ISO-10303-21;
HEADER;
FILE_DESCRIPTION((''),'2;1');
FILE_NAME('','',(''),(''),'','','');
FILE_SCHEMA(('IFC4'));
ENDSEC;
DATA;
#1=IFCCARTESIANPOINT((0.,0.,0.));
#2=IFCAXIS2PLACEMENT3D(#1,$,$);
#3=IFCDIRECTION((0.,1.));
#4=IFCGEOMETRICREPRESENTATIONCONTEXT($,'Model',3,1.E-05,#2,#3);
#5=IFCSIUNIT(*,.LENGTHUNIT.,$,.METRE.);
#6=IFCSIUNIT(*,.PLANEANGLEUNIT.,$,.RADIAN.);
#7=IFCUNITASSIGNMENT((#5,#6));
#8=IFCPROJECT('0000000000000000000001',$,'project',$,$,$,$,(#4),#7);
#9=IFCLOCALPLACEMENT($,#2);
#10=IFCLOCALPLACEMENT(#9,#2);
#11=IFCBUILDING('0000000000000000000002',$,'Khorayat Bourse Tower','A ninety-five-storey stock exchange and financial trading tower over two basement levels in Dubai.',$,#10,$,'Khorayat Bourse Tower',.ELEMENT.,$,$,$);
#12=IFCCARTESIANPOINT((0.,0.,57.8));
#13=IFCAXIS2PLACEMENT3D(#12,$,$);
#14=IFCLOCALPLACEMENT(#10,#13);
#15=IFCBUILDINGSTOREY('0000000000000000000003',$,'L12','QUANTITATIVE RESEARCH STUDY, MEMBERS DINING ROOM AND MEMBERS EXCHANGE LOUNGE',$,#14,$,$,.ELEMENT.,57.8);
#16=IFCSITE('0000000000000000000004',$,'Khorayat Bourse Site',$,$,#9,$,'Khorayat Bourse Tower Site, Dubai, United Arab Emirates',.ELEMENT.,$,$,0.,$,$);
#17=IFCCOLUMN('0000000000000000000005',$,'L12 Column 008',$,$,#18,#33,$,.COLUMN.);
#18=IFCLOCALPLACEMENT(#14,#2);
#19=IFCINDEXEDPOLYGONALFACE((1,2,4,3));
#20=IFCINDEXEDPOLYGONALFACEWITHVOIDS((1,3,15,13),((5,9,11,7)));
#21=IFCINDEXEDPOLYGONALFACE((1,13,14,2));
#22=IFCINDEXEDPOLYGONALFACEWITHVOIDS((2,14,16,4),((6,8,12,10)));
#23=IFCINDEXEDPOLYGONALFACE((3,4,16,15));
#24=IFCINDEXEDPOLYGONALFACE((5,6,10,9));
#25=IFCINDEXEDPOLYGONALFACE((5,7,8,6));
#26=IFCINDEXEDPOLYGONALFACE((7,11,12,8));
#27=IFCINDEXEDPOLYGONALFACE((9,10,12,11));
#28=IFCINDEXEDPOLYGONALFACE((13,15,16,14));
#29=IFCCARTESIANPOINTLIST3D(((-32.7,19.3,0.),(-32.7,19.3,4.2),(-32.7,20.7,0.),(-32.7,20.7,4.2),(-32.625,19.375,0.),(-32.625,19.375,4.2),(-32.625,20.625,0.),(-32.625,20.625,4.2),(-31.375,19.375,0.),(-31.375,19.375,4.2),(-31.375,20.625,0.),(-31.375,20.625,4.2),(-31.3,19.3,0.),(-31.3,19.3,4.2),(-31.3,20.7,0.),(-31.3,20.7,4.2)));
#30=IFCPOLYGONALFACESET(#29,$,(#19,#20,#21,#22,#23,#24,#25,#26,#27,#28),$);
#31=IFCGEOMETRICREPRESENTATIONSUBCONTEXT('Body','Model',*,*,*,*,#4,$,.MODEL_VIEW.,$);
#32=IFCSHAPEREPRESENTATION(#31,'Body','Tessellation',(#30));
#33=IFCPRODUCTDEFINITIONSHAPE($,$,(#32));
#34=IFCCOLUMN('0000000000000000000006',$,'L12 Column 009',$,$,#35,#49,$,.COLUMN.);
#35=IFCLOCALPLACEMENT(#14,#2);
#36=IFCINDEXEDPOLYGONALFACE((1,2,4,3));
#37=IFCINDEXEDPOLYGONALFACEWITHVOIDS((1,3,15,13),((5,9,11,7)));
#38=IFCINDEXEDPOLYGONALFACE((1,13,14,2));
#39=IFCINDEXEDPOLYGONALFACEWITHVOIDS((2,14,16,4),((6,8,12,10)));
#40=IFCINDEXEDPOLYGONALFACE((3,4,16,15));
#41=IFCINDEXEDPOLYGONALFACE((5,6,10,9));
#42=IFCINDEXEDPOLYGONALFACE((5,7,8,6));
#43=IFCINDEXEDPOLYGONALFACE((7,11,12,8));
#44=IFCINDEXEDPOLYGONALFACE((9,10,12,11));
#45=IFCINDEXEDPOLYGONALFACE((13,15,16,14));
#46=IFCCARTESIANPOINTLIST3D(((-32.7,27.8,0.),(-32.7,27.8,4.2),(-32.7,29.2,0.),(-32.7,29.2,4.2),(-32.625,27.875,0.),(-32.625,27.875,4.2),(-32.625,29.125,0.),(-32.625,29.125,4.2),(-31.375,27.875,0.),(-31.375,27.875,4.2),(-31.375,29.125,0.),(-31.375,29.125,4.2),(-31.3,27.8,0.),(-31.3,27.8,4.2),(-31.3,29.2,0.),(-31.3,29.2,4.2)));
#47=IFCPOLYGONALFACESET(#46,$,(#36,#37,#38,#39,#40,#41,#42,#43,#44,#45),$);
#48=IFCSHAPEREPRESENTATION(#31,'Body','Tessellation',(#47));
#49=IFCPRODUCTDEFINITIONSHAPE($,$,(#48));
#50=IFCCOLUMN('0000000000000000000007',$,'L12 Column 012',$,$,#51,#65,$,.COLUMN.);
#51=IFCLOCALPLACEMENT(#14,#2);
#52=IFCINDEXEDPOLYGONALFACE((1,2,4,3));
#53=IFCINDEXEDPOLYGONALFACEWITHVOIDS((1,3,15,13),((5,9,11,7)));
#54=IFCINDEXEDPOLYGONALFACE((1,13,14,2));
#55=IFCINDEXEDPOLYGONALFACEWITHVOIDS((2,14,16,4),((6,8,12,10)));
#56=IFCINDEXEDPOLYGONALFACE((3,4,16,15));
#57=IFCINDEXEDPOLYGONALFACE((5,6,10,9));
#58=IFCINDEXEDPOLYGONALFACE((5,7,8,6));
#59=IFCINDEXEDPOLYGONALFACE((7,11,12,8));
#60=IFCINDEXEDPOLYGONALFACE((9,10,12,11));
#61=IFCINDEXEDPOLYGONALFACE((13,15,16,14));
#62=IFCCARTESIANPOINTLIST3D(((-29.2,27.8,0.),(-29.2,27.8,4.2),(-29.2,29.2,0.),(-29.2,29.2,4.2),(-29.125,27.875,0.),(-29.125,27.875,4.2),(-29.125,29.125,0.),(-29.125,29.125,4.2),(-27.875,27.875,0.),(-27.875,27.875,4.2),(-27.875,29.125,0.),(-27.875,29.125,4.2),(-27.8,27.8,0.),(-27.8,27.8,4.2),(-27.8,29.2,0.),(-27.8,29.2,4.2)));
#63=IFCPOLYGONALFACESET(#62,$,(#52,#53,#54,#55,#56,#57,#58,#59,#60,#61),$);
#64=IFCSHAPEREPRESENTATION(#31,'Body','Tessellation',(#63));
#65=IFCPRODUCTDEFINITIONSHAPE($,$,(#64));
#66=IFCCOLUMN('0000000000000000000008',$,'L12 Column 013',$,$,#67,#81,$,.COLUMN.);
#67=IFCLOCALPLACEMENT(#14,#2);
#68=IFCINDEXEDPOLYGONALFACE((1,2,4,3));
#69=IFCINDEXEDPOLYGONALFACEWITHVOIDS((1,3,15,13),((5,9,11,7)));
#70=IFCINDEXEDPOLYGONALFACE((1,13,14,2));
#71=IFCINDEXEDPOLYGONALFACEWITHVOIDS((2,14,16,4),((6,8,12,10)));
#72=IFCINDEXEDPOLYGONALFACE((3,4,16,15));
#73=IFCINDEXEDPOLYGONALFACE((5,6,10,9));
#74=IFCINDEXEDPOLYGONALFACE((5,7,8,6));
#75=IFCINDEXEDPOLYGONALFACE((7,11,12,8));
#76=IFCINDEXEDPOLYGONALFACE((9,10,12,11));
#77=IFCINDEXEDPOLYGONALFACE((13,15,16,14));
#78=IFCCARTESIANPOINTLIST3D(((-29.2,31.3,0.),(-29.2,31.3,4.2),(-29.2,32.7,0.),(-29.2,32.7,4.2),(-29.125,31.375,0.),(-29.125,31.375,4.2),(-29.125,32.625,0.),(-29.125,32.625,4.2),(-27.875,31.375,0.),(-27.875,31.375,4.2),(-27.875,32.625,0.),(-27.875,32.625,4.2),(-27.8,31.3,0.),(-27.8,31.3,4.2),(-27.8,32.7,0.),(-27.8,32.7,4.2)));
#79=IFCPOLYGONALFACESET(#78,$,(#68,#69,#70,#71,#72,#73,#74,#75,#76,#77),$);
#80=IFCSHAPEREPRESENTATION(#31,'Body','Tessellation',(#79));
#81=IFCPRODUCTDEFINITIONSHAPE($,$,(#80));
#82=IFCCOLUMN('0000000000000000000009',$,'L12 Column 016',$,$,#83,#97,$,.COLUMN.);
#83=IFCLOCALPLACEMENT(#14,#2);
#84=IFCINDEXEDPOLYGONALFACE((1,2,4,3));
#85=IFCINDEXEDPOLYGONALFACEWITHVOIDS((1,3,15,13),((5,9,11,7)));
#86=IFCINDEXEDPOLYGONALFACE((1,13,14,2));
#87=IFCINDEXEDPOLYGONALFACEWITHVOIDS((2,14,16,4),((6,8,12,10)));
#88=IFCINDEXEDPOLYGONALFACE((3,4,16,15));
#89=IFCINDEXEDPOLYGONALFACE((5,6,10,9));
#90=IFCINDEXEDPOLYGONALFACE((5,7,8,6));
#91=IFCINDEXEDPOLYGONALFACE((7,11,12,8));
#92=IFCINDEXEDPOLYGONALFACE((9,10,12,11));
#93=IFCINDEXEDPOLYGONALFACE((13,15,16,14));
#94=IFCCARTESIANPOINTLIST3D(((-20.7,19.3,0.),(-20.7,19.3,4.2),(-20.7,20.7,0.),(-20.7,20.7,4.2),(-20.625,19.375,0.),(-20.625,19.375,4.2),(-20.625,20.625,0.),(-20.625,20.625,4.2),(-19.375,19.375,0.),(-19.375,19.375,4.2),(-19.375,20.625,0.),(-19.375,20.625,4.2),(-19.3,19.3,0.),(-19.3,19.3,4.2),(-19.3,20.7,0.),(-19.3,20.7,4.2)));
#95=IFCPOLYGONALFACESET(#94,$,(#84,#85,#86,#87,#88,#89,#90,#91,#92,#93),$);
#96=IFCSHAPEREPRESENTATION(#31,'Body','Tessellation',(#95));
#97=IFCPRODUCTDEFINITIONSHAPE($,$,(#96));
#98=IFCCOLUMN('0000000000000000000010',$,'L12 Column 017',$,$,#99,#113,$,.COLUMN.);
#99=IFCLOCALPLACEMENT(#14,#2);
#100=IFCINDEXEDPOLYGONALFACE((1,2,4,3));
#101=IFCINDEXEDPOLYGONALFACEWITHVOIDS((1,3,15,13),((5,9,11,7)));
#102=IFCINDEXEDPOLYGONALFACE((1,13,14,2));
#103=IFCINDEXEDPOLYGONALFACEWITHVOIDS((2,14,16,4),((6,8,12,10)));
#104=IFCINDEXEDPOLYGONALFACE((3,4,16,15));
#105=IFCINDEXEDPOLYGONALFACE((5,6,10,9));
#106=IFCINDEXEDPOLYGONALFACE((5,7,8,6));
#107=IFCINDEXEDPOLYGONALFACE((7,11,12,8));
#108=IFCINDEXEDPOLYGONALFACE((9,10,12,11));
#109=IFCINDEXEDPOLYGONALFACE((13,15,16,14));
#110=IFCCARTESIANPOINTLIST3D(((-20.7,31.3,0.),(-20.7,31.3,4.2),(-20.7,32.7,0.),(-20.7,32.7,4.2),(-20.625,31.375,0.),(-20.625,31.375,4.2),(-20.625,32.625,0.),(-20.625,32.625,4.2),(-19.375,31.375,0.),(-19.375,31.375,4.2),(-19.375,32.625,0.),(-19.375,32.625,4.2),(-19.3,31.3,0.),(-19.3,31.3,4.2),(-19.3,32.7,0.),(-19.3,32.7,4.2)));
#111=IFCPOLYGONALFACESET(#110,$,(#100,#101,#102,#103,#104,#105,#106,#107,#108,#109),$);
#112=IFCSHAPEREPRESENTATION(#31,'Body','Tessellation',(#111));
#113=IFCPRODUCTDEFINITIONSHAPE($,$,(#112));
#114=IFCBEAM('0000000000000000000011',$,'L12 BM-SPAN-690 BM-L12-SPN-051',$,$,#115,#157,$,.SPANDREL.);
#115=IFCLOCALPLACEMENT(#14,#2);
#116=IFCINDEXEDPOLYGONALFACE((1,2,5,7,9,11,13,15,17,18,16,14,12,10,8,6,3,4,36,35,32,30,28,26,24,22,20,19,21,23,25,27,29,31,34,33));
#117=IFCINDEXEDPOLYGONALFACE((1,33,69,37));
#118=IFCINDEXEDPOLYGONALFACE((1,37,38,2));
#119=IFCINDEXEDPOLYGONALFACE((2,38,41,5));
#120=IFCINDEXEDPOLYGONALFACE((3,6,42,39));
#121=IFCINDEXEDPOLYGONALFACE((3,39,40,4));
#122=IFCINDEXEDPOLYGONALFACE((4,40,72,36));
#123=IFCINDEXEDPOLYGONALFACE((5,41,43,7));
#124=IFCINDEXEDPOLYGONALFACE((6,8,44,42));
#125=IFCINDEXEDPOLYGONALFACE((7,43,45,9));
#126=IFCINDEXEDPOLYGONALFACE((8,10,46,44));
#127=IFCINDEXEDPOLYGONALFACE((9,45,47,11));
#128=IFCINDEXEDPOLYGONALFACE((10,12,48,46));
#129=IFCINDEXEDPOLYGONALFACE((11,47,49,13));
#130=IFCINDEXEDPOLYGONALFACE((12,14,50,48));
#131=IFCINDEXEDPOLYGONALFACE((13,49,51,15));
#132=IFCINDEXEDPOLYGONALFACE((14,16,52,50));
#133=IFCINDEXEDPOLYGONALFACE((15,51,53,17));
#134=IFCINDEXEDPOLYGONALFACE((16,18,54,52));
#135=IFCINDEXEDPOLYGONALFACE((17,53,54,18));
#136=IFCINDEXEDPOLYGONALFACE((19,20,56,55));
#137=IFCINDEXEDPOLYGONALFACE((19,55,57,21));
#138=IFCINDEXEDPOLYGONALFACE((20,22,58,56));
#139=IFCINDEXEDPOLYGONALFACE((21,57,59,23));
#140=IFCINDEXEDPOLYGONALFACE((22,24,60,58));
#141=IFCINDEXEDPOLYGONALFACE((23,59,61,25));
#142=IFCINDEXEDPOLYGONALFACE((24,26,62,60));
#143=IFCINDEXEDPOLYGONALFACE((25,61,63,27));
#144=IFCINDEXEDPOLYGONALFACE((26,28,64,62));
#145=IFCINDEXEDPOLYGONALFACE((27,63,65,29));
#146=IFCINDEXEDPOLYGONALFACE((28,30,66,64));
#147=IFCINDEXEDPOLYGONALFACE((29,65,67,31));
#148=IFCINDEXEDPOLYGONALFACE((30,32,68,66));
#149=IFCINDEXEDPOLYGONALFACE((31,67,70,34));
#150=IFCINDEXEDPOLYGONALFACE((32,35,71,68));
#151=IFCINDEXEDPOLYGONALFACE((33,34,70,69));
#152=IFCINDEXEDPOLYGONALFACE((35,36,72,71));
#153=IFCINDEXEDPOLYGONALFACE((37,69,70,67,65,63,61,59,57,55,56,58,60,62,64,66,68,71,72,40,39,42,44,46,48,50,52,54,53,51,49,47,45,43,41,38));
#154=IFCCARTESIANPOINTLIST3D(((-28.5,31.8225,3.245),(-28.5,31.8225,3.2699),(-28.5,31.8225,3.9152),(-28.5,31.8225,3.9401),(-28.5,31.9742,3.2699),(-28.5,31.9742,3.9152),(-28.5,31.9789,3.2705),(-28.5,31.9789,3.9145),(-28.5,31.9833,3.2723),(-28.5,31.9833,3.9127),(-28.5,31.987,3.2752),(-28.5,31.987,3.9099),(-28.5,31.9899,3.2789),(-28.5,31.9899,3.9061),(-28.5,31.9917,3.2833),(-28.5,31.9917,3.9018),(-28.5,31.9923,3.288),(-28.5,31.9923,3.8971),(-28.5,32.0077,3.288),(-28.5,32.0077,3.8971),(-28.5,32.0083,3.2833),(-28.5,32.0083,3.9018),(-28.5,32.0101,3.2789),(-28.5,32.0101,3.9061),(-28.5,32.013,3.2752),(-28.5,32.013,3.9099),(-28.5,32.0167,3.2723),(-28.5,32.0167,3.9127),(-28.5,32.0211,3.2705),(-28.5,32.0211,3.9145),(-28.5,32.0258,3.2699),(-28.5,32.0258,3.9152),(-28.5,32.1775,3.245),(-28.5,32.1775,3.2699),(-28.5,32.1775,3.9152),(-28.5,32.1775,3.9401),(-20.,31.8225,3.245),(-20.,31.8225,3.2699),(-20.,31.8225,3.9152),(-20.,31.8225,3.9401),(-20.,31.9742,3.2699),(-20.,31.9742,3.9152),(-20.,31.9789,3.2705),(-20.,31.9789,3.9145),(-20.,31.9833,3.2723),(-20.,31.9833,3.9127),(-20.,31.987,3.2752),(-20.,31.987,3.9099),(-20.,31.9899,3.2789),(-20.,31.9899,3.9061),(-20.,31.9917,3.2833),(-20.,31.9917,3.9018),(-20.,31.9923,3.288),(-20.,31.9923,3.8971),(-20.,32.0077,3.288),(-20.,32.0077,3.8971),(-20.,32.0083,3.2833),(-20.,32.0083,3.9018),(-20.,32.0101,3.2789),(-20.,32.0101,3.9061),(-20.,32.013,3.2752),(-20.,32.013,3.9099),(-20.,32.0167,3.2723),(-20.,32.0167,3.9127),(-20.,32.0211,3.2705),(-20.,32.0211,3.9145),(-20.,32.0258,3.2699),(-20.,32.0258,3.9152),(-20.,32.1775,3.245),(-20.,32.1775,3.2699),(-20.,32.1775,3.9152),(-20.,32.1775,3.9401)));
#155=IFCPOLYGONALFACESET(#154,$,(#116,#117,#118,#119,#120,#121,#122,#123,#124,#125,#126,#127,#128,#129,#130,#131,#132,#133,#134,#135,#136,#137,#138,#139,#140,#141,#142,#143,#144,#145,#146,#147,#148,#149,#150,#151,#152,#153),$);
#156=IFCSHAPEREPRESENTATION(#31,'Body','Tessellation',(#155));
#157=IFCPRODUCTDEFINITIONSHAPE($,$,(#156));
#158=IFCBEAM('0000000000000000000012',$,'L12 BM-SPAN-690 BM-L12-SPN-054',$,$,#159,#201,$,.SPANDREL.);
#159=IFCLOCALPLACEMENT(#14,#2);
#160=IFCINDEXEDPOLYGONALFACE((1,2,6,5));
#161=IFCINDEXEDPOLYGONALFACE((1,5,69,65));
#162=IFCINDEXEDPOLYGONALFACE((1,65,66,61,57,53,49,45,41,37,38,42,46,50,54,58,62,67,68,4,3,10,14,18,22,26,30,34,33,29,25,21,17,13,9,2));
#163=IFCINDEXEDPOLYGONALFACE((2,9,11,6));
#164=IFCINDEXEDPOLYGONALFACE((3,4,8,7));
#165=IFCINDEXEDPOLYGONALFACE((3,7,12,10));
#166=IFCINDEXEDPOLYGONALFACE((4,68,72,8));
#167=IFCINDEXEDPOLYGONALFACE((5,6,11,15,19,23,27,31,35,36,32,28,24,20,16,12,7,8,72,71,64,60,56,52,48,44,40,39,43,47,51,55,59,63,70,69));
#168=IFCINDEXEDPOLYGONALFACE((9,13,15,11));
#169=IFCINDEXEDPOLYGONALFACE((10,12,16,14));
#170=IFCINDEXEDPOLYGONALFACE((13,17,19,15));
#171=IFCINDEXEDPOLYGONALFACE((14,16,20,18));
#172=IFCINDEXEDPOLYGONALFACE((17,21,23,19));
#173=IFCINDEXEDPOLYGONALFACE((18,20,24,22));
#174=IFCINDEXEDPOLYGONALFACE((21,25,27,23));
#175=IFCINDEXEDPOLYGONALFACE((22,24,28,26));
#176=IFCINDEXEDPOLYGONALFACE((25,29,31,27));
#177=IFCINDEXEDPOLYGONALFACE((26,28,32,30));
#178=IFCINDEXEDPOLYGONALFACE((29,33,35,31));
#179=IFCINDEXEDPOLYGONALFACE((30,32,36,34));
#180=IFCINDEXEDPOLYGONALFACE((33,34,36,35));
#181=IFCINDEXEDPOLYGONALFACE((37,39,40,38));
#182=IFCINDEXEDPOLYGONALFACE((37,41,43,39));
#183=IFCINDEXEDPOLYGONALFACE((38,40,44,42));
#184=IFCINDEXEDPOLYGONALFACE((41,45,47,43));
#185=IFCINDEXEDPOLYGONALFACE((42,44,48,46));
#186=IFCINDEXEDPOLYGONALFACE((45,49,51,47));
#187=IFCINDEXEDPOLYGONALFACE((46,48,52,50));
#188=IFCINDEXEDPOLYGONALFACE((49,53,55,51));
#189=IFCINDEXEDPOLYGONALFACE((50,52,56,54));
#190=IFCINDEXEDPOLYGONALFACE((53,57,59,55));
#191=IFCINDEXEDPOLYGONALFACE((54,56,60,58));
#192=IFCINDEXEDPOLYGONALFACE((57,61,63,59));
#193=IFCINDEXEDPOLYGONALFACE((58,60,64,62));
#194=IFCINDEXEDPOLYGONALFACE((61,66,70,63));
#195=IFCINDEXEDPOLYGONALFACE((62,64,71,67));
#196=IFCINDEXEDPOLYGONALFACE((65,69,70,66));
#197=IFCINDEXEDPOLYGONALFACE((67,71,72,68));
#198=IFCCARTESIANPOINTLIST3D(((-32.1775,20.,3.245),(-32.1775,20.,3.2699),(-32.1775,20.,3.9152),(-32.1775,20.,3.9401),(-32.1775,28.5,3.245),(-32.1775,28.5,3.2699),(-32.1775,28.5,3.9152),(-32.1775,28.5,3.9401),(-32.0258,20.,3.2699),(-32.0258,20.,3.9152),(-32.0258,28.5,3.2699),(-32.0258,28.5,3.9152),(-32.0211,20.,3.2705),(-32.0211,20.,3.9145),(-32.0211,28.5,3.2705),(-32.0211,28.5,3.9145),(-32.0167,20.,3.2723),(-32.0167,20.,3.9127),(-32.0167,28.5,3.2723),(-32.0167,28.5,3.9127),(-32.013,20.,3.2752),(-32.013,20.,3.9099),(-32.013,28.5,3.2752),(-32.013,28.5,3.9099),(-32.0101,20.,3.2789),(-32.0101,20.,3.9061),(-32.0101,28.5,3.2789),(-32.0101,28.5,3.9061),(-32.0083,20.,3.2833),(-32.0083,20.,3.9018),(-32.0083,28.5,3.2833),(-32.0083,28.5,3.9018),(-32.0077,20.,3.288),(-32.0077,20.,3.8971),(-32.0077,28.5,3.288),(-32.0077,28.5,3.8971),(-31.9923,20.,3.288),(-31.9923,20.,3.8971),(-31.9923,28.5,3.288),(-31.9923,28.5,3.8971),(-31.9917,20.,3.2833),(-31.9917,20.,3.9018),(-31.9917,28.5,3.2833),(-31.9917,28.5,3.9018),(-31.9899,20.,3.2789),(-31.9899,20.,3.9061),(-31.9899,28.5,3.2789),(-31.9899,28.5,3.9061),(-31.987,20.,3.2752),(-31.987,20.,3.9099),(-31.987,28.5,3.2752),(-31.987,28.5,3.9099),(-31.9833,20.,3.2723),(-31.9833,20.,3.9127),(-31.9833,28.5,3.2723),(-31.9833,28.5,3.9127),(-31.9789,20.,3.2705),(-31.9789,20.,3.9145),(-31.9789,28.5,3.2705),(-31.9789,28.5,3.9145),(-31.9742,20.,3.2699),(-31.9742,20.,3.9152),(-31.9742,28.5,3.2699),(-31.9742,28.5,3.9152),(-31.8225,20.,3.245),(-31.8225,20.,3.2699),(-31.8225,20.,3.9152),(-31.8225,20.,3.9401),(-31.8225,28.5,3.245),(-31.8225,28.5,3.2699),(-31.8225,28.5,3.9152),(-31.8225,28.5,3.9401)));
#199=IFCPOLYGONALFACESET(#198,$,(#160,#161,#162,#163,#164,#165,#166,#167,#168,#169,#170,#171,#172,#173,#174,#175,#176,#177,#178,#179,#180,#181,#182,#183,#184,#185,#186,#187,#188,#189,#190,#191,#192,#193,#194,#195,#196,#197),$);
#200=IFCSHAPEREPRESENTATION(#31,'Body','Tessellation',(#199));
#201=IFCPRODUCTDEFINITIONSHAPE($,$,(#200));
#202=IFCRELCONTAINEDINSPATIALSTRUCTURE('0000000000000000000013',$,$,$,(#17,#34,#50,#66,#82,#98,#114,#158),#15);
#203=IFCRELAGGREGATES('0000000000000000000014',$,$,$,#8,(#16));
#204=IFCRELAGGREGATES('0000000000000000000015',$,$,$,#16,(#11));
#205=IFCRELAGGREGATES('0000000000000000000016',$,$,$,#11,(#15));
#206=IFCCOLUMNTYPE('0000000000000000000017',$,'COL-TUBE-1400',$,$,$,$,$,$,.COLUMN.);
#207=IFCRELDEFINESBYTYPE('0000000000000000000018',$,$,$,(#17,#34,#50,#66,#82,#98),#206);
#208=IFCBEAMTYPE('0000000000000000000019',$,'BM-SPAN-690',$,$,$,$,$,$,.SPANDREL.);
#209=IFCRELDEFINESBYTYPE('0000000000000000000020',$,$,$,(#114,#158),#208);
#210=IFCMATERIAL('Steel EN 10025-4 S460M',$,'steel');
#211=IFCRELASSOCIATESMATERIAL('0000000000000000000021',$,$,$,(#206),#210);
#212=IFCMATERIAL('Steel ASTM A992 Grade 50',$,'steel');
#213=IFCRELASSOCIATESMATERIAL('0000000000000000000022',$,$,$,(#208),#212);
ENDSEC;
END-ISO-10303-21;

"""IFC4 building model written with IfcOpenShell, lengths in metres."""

from ifc_helpers import new_model, si_unit, direction, frame, origin, origin_2d, place, context, subcontext, project, spatial, hollow_rectangle, i_section, extrude, source, transform, mapped, material, material_profile, profile_set, type_object, element, save


model = new_model("IFC4")

# Units and contexts
model_context = context("Model", 3, precision=1e-05, world=origin(), true_north=direction((0.0, 1.0)))
body_context = subcontext(model_context, "Body", "Model", "MODEL_VIEW")
ifc_project = project(units=[si_unit("LENGTHUNIT", "METRE"), si_unit("PLANEANGLEUNIT", "RADIAN")], contexts=[model_context])

# Site, building, storey
site_placement = place(None, origin())
site = spatial("IfcSite", under=ifc_project, at=site_placement, Name="Khorayat Bourse Site", LongName="Khorayat Bourse Tower Site, Dubai, United Arab Emirates", CompositionType="ELEMENT", RefElevation=0.0)
building_placement = place(site_placement, origin())
building = spatial("IfcBuilding", under=site, at=building_placement, Name="Khorayat Bourse Tower", Description="A ninety-five-storey stock exchange and financial trading tower over two basement levels in Dubai.", LongName="Khorayat Bourse Tower", CompositionType="ELEMENT")
storey_placement = place(building_placement, frame((0.0, 0.0, 57.8)))
storey = spatial("IfcBuildingStorey", under=building, at=storey_placement, Name="L12", Description="QUANTITATIVE RESEARCH STUDY, MEMBERS DINING ROOM AND MEMBERS EXCHANGE LOUNGE", CompositionType="ELEMENT", Elevation=57.8)

# Columns
ifc_material_1 = material(Name="Steel EN 10025-4 S460M", Category="steel")
ifc_material_profile_1 = material_profile(ifc_material_1, hollow_rectangle(XDim=1.3999, YDim=1.3999, WallThickness=0.075, at=origin_2d()), Name="BOX 1400x1400x75")
ifc_profile_set_1 = profile_set([ifc_material_profile_1], Name="Steel EN 10025-4 S460M")
column_type = type_object("IfcColumnType", Name="COL-TUBE-1400", PredefinedType="COLUMN", material=ifc_profile_set_1)
shared_shape_1 = source(origin(), body_context, "Body", "SweptSolid", [
    extrude(hollow_rectangle(XDim=1.3999, YDim=1.3999, WallThickness=0.075, at=origin_2d()), origin(), (0.0, 0.0, 1.0), 4.2),
])
for number, where, z_axis, x_axis, name in (
    (1, (-32.0, 20.0, 0.0), (0.0, 0.0, 1.0), (1.0, 0.0, 0.0), "L12 Column 008"),
    (2, (-32.0, 28.5, 0.0), (0.0, 0.0, 1.0), (1.0, 0.0, 0.0), "L12 Column 009"),
    (3, (-28.5, 28.5, 0.0), (0.0, 0.0, 1.0), (1.0, 0.0, 0.0), "L12 Column 012"),
    (4, (-28.5, 32.0, 0.0), (0.0, 0.0, 1.0), (1.0, 0.0, 0.0), "L12 Column 013"),
    (5, (-20.0, 20.0, 0.0), (0.0, 0.0, 1.0), (1.0, 0.0, 0.0), "L12 Column 016"),
    (6, (-20.0, 32.0, 0.0), (0.0, 0.0, 1.0), (1.0, 0.0, 0.0), "L12 Column 017"),
):
    element("IfcColumn", number, at=place(storey_placement, frame(where, z_axis=z_axis, x_axis=x_axis)), inside=storey, type_object=column_type, Name=name, PredefinedType="COLUMN", context=body_context, shape_type="MappedRepresentation", body=[
        mapped(shared_shape_1, transform((0.0, 0.0, 0.0), scale=1.0)),
    ])

# Beams
ifc_material_2 = material(Name="Steel ASTM A992 Grade 50", Category="steel")
ifc_material_profile_2 = material_profile(ifc_material_2, i_section(OverallWidth=0.355, OverallDepth=0.6951, WebThickness=0.0154, FlangeThickness=0.0249, FilletRadius=0.0181, at=origin_2d()), Name="W690X217")
ifc_profile_set_2 = profile_set([ifc_material_profile_2], Name="Steel ASTM A992 Grade 50")
beam_type_1 = type_object("IfcBeamType", Name="BM-SPAN-690", PredefinedType="SPANDREL", material=ifc_profile_set_2)
shared_shape_2 = source(origin(), body_context, "Body", "SweptSolid", [
    extrude(i_section(OverallWidth=0.355, OverallDepth=0.6951, WebThickness=0.0154, FlangeThickness=0.0249, FilletRadius=0.0181, at=origin_2d()), origin(), (0.0, 0.0, 1.0), 8.5),
])
for number, where, z_axis, x_axis, name in (
    (7, (-28.5, 32.0, 3.5925), (1.0, 0.0, 0.0), (0.0, 1.0, 0.0), "L12 BM-SPAN-690 BM-L12-SPN-051"),
    (8, (-32.0, 20.0, 3.5925), (0.0, 1.0, 0.0), (-1.0, 0.0, 0.0), "L12 BM-SPAN-690 BM-L12-SPN-054"),
):
    element("IfcBeam", number, at=place(storey_placement, frame(where, z_axis=z_axis, x_axis=x_axis)), inside=storey, type_object=beam_type_1, Name=name, PredefinedType="SPANDREL", context=body_context, shape_type="MappedRepresentation", body=[
        mapped(shared_shape_2, transform((0.0, 0.0, 0.0), scale=1.0)),
    ])

save(model, "model.ifc")
